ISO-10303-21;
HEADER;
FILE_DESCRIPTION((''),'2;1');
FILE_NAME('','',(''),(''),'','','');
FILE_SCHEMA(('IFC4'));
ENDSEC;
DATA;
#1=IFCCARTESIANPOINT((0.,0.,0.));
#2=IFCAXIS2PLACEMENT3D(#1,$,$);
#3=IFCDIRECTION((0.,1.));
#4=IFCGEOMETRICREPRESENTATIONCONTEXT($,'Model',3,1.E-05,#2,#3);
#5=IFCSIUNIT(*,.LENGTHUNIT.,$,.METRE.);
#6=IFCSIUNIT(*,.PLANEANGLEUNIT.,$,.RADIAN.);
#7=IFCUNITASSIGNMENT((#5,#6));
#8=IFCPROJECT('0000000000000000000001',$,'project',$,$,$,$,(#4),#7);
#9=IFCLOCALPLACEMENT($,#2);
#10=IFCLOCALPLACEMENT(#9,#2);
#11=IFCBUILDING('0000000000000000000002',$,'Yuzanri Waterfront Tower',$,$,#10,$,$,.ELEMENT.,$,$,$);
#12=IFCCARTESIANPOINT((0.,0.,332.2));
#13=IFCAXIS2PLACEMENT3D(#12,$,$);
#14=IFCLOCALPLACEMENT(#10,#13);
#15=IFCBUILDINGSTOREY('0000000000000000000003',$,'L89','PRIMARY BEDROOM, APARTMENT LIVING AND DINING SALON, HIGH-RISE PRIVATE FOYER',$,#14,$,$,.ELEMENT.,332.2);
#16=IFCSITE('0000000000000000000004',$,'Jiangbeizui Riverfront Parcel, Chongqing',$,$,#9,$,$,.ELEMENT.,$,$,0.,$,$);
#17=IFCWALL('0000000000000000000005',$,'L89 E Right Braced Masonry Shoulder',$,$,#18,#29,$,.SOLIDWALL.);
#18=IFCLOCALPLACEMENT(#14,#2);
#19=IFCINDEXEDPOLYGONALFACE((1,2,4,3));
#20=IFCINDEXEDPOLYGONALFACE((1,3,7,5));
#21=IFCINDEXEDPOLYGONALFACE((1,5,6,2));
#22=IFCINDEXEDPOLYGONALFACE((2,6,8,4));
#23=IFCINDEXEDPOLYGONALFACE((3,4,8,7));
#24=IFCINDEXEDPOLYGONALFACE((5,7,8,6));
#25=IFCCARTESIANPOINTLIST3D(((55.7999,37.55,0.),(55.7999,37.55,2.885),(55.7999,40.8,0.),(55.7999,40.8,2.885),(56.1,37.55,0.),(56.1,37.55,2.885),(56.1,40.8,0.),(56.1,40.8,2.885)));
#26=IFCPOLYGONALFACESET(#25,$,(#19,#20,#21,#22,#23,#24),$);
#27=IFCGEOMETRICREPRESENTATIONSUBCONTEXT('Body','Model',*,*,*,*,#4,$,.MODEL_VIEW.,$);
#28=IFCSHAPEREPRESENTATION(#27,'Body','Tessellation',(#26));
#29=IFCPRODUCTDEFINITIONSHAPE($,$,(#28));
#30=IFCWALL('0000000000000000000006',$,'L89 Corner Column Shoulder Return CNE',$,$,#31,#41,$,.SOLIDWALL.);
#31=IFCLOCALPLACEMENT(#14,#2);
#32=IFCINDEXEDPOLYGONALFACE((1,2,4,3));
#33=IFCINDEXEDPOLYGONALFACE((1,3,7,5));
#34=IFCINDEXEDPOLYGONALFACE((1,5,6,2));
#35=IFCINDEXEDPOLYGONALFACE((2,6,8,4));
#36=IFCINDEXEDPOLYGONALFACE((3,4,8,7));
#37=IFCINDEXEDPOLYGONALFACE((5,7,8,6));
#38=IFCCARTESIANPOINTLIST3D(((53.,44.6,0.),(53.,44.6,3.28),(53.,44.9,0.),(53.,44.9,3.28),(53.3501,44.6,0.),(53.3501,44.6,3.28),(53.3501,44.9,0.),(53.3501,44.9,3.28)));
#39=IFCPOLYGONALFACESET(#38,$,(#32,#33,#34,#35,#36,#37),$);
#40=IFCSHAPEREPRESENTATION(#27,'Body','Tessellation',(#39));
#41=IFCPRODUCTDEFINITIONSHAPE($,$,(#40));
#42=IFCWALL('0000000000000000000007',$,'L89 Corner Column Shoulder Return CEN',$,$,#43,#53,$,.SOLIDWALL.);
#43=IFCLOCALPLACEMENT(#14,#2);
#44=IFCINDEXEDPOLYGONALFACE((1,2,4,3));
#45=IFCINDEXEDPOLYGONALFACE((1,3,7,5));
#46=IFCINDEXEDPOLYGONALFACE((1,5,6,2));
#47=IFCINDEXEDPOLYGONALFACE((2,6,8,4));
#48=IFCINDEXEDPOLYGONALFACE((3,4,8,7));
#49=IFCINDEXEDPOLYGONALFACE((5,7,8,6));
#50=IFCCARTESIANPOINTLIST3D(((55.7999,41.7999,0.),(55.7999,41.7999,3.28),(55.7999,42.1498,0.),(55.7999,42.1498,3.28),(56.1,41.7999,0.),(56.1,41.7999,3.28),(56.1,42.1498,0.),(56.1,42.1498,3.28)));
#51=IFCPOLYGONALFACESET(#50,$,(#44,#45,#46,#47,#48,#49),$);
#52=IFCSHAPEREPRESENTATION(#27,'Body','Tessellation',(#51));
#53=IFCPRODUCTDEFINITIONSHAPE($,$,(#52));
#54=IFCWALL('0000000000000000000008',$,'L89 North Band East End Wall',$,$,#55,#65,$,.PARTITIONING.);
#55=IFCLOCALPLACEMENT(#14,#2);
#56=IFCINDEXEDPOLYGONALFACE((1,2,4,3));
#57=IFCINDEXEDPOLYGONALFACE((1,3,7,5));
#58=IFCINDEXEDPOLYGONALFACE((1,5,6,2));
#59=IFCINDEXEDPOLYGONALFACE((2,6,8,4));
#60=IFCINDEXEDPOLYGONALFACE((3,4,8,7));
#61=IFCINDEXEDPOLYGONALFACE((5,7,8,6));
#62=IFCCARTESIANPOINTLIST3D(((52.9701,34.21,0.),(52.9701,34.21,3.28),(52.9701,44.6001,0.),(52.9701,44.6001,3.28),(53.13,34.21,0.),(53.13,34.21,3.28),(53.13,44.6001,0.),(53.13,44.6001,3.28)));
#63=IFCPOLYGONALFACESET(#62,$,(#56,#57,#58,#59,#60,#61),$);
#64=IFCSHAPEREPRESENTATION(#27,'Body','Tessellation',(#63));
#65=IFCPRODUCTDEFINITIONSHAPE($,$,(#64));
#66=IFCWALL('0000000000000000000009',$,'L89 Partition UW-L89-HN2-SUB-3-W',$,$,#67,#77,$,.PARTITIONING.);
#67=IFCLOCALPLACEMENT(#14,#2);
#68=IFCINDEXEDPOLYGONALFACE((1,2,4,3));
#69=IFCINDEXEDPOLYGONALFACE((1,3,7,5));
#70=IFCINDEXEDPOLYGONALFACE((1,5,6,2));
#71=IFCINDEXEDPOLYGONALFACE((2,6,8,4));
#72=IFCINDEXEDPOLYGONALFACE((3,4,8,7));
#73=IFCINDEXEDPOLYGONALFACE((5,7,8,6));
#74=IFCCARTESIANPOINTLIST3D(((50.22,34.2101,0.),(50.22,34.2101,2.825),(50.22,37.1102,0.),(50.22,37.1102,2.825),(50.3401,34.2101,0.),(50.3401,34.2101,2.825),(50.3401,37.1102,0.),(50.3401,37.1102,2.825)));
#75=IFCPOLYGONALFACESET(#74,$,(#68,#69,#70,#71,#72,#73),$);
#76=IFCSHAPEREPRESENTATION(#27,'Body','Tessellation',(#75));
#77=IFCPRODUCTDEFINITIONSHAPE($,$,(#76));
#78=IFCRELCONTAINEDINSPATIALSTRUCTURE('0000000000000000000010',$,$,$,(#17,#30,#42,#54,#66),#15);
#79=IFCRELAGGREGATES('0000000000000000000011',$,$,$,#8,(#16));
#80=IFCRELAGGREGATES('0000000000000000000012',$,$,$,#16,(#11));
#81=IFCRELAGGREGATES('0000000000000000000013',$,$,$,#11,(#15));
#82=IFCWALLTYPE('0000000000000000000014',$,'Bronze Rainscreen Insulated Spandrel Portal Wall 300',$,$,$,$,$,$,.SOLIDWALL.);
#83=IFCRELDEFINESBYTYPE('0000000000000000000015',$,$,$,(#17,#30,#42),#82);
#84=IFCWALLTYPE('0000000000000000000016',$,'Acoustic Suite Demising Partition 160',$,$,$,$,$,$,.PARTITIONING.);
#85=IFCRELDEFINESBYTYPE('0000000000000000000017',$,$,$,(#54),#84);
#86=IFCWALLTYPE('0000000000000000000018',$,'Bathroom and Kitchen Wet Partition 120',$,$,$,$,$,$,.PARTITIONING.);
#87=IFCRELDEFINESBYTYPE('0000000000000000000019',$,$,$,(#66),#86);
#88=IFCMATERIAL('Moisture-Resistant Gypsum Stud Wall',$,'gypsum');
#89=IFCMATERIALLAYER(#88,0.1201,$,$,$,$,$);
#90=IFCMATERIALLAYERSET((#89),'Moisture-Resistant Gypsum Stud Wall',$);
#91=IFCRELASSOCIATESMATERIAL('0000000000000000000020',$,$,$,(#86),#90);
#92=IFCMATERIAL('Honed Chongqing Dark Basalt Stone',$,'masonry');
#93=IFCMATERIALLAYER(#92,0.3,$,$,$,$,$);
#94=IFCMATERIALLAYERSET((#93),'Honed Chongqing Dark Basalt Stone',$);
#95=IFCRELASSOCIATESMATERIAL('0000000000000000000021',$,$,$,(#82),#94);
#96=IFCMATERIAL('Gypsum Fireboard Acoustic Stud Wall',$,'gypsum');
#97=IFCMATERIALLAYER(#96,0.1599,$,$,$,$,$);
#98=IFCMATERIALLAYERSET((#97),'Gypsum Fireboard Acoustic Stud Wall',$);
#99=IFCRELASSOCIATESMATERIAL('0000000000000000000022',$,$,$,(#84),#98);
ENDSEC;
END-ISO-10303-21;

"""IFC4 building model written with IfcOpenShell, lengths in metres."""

from ifc_helpers import new_model, si_unit, direction, frame, frame_2d, origin, place, context, subcontext, project, spatial, rectangle, extrude, source, transform, mapped, material, layer, layer_set, type_object, element, save


model = new_model("IFC4")

# Units and contexts
model_context = context("Model", 3, precision=1e-05, world=origin(), true_north=direction((0.0, 1.0)))
body_context = subcontext(model_context, "Body", "Model", "MODEL_VIEW")
ifc_project = project(units=[si_unit("LENGTHUNIT", "METRE"), si_unit("PLANEANGLEUNIT", "RADIAN")], contexts=[model_context])

# Site, building, storey
site_placement = place(None, origin())
site = spatial("IfcSite", under=ifc_project, at=site_placement, Name="Jiangbeizui Riverfront Parcel, Chongqing", CompositionType="ELEMENT", RefElevation=0.0)
building_placement = place(site_placement, origin())
building = spatial("IfcBuilding", under=site, at=building_placement, Name="Yuzanri Waterfront Tower", CompositionType="ELEMENT")
storey_placement = place(building_placement, frame((0.0, 0.0, 332.2)))
storey = spatial("IfcBuildingStorey", under=building, at=storey_placement, Name="L89", Description="PRIMARY BEDROOM, APARTMENT LIVING AND DINING SALON, HIGH-RISE PRIVATE FOYER", CompositionType="ELEMENT", Elevation=332.2)

# Shared definitions
ifc_material_1 = material(Name="Moisture-Resistant Gypsum Stud Wall", Category="gypsum")
ifc_layer_1 = layer(ifc_material_1, 0.1201)
ifc_layer_set_1 = layer_set([ifc_layer_1], Name="Moisture-Resistant Gypsum Stud Wall")
wall_type_1 = type_object("IfcWallType", Name="Bathroom and Kitchen Wet Partition 120", PredefinedType="PARTITIONING", material=ifc_layer_set_1)

# Shared definitions
ifc_material_2 = material(Name="Honed Chongqing Dark Basalt Stone", Category="masonry")
ifc_layer_2 = layer(ifc_material_2, 0.3)
ifc_layer_set_2 = layer_set([ifc_layer_2], Name="Honed Chongqing Dark Basalt Stone")
wall_type_2 = type_object("IfcWallType", Name="Bronze Rainscreen Insulated Spandrel Portal Wall 300", PredefinedType="SOLIDWALL", material=ifc_layer_set_2)

# Walls
shared_shape_1 = source(origin(), body_context, "Body", "SweptSolid", [
    extrude(rectangle(XDim=3.25, YDim=0.3, at=frame_2d((1.625, 0.0))), origin(), (0.0, 0.0, 1.0), 2.885),
])
for number, where, z_axis, x_axis, name in (
    (1, (55.95, 37.55, 0.0), (0.0, 0.0, 1.0), (0.0, 1.0, 0.0), "L89 E Right Braced Masonry Shoulder"),
):
    element("IfcWall", number, at=place(storey_placement, frame(where, z_axis=z_axis, x_axis=x_axis)), inside=storey, type_object=wall_type_2, Name=name, PredefinedType="SOLIDWALL", context=body_context, shape_type="MappedRepresentation", body=[
        mapped(shared_shape_1, transform((0.0, 0.0, 0.0), scale=1.0)),
    ])
shared_shape_2 = source(origin(), body_context, "Body", "SweptSolid", [
    extrude(rectangle(XDim=0.3501, YDim=0.3, at=frame_2d((0.175, 0.0))), origin(), (0.0, 0.0, 1.0), 3.28),
])
wall_1_placement = place(storey_placement, frame((53.0, 44.75, 0.0), z_axis=(0.0, 0.0, 1.0), x_axis=(1.0, 0.0, 0.0)))
element("IfcWall", 2, at=wall_1_placement, inside=storey, type_object=wall_type_2, Name="L89 Corner Column Shoulder Return CNE", PredefinedType="SOLIDWALL", context=body_context, shape_type="MappedRepresentation", body=[
    mapped(shared_shape_2, transform((0.0, 0.0, 0.0), scale=1.0)),
])
shared_shape_3 = source(origin(), body_context, "Body", "SweptSolid", [
    extrude(rectangle(XDim=0.3499, YDim=0.3, at=frame_2d((0.1748, 0.0))), origin(), (0.0, 0.0, 1.0), 3.28),
])
wall_2_placement = place(storey_placement, frame((55.95, 41.8, 0.0), z_axis=(0.0, 0.0, 1.0), x_axis=(0.0, 1.0, 0.0)))
element("IfcWall", 3, at=wall_2_placement, inside=storey, type_object=wall_type_2, Name="L89 Corner Column Shoulder Return CEN", PredefinedType="SOLIDWALL", context=body_context, shape_type="MappedRepresentation", body=[
    mapped(shared_shape_3, transform((0.0, 0.0, 0.0), scale=1.0)),
])
ifc_material_3 = material(Name="Gypsum Fireboard Acoustic Stud Wall", Category="gypsum")
ifc_layer_3 = layer(ifc_material_3, 0.1599)
ifc_layer_set_3 = layer_set([ifc_layer_3], Name="Gypsum Fireboard Acoustic Stud Wall")
wall_type_3 = type_object("IfcWallType", Name="Acoustic Suite Demising Partition 160", PredefinedType="PARTITIONING", material=ifc_layer_set_3)
shared_shape_4 = source(origin(), body_context, "Body", "SweptSolid", [
    extrude(rectangle(XDim=10.3901, YDim=0.1599, at=frame_2d((5.1951, 0.0))), origin(), (0.0, 0.0, 1.0), 3.28),
])
wall_3_placement = place(storey_placement, frame((53.05, 34.21, 0.0), z_axis=(0.0, 0.0, 1.0), x_axis=(0.0, 1.0, 0.0)))
element("IfcWall", 4, at=wall_3_placement, inside=storey, type_object=wall_type_3, Name="L89 North Band East End Wall", PredefinedType="PARTITIONING", context=body_context, shape_type="MappedRepresentation", body=[
    mapped(shared_shape_4, transform((0.0, 0.0, 0.0), scale=1.0)),
])
shared_shape_5 = source(origin(), body_context, "Body", "SweptSolid", [
    extrude(rectangle(XDim=2.9001, YDim=0.1201, at=frame_2d((1.4502, 0.0))), origin(), (0.0, 0.0, 1.0), 2.825),
])
wall_4_placement = place(storey_placement, frame((50.28, 34.21, 0.0), z_axis=(0.0, 0.0, 1.0), x_axis=(0.0, 1.0, 0.0)))
element("IfcWall", 5, at=wall_4_placement, inside=storey, type_object=wall_type_1, Name="L89 Partition UW-L89-HN2-SUB-3-W", PredefinedType="PARTITIONING", context=body_context, shape_type="MappedRepresentation", body=[
    mapped(shared_shape_5, transform((0.0, 0.0, 0.0), scale=1.0)),
])

save(model, "model.ifc")
